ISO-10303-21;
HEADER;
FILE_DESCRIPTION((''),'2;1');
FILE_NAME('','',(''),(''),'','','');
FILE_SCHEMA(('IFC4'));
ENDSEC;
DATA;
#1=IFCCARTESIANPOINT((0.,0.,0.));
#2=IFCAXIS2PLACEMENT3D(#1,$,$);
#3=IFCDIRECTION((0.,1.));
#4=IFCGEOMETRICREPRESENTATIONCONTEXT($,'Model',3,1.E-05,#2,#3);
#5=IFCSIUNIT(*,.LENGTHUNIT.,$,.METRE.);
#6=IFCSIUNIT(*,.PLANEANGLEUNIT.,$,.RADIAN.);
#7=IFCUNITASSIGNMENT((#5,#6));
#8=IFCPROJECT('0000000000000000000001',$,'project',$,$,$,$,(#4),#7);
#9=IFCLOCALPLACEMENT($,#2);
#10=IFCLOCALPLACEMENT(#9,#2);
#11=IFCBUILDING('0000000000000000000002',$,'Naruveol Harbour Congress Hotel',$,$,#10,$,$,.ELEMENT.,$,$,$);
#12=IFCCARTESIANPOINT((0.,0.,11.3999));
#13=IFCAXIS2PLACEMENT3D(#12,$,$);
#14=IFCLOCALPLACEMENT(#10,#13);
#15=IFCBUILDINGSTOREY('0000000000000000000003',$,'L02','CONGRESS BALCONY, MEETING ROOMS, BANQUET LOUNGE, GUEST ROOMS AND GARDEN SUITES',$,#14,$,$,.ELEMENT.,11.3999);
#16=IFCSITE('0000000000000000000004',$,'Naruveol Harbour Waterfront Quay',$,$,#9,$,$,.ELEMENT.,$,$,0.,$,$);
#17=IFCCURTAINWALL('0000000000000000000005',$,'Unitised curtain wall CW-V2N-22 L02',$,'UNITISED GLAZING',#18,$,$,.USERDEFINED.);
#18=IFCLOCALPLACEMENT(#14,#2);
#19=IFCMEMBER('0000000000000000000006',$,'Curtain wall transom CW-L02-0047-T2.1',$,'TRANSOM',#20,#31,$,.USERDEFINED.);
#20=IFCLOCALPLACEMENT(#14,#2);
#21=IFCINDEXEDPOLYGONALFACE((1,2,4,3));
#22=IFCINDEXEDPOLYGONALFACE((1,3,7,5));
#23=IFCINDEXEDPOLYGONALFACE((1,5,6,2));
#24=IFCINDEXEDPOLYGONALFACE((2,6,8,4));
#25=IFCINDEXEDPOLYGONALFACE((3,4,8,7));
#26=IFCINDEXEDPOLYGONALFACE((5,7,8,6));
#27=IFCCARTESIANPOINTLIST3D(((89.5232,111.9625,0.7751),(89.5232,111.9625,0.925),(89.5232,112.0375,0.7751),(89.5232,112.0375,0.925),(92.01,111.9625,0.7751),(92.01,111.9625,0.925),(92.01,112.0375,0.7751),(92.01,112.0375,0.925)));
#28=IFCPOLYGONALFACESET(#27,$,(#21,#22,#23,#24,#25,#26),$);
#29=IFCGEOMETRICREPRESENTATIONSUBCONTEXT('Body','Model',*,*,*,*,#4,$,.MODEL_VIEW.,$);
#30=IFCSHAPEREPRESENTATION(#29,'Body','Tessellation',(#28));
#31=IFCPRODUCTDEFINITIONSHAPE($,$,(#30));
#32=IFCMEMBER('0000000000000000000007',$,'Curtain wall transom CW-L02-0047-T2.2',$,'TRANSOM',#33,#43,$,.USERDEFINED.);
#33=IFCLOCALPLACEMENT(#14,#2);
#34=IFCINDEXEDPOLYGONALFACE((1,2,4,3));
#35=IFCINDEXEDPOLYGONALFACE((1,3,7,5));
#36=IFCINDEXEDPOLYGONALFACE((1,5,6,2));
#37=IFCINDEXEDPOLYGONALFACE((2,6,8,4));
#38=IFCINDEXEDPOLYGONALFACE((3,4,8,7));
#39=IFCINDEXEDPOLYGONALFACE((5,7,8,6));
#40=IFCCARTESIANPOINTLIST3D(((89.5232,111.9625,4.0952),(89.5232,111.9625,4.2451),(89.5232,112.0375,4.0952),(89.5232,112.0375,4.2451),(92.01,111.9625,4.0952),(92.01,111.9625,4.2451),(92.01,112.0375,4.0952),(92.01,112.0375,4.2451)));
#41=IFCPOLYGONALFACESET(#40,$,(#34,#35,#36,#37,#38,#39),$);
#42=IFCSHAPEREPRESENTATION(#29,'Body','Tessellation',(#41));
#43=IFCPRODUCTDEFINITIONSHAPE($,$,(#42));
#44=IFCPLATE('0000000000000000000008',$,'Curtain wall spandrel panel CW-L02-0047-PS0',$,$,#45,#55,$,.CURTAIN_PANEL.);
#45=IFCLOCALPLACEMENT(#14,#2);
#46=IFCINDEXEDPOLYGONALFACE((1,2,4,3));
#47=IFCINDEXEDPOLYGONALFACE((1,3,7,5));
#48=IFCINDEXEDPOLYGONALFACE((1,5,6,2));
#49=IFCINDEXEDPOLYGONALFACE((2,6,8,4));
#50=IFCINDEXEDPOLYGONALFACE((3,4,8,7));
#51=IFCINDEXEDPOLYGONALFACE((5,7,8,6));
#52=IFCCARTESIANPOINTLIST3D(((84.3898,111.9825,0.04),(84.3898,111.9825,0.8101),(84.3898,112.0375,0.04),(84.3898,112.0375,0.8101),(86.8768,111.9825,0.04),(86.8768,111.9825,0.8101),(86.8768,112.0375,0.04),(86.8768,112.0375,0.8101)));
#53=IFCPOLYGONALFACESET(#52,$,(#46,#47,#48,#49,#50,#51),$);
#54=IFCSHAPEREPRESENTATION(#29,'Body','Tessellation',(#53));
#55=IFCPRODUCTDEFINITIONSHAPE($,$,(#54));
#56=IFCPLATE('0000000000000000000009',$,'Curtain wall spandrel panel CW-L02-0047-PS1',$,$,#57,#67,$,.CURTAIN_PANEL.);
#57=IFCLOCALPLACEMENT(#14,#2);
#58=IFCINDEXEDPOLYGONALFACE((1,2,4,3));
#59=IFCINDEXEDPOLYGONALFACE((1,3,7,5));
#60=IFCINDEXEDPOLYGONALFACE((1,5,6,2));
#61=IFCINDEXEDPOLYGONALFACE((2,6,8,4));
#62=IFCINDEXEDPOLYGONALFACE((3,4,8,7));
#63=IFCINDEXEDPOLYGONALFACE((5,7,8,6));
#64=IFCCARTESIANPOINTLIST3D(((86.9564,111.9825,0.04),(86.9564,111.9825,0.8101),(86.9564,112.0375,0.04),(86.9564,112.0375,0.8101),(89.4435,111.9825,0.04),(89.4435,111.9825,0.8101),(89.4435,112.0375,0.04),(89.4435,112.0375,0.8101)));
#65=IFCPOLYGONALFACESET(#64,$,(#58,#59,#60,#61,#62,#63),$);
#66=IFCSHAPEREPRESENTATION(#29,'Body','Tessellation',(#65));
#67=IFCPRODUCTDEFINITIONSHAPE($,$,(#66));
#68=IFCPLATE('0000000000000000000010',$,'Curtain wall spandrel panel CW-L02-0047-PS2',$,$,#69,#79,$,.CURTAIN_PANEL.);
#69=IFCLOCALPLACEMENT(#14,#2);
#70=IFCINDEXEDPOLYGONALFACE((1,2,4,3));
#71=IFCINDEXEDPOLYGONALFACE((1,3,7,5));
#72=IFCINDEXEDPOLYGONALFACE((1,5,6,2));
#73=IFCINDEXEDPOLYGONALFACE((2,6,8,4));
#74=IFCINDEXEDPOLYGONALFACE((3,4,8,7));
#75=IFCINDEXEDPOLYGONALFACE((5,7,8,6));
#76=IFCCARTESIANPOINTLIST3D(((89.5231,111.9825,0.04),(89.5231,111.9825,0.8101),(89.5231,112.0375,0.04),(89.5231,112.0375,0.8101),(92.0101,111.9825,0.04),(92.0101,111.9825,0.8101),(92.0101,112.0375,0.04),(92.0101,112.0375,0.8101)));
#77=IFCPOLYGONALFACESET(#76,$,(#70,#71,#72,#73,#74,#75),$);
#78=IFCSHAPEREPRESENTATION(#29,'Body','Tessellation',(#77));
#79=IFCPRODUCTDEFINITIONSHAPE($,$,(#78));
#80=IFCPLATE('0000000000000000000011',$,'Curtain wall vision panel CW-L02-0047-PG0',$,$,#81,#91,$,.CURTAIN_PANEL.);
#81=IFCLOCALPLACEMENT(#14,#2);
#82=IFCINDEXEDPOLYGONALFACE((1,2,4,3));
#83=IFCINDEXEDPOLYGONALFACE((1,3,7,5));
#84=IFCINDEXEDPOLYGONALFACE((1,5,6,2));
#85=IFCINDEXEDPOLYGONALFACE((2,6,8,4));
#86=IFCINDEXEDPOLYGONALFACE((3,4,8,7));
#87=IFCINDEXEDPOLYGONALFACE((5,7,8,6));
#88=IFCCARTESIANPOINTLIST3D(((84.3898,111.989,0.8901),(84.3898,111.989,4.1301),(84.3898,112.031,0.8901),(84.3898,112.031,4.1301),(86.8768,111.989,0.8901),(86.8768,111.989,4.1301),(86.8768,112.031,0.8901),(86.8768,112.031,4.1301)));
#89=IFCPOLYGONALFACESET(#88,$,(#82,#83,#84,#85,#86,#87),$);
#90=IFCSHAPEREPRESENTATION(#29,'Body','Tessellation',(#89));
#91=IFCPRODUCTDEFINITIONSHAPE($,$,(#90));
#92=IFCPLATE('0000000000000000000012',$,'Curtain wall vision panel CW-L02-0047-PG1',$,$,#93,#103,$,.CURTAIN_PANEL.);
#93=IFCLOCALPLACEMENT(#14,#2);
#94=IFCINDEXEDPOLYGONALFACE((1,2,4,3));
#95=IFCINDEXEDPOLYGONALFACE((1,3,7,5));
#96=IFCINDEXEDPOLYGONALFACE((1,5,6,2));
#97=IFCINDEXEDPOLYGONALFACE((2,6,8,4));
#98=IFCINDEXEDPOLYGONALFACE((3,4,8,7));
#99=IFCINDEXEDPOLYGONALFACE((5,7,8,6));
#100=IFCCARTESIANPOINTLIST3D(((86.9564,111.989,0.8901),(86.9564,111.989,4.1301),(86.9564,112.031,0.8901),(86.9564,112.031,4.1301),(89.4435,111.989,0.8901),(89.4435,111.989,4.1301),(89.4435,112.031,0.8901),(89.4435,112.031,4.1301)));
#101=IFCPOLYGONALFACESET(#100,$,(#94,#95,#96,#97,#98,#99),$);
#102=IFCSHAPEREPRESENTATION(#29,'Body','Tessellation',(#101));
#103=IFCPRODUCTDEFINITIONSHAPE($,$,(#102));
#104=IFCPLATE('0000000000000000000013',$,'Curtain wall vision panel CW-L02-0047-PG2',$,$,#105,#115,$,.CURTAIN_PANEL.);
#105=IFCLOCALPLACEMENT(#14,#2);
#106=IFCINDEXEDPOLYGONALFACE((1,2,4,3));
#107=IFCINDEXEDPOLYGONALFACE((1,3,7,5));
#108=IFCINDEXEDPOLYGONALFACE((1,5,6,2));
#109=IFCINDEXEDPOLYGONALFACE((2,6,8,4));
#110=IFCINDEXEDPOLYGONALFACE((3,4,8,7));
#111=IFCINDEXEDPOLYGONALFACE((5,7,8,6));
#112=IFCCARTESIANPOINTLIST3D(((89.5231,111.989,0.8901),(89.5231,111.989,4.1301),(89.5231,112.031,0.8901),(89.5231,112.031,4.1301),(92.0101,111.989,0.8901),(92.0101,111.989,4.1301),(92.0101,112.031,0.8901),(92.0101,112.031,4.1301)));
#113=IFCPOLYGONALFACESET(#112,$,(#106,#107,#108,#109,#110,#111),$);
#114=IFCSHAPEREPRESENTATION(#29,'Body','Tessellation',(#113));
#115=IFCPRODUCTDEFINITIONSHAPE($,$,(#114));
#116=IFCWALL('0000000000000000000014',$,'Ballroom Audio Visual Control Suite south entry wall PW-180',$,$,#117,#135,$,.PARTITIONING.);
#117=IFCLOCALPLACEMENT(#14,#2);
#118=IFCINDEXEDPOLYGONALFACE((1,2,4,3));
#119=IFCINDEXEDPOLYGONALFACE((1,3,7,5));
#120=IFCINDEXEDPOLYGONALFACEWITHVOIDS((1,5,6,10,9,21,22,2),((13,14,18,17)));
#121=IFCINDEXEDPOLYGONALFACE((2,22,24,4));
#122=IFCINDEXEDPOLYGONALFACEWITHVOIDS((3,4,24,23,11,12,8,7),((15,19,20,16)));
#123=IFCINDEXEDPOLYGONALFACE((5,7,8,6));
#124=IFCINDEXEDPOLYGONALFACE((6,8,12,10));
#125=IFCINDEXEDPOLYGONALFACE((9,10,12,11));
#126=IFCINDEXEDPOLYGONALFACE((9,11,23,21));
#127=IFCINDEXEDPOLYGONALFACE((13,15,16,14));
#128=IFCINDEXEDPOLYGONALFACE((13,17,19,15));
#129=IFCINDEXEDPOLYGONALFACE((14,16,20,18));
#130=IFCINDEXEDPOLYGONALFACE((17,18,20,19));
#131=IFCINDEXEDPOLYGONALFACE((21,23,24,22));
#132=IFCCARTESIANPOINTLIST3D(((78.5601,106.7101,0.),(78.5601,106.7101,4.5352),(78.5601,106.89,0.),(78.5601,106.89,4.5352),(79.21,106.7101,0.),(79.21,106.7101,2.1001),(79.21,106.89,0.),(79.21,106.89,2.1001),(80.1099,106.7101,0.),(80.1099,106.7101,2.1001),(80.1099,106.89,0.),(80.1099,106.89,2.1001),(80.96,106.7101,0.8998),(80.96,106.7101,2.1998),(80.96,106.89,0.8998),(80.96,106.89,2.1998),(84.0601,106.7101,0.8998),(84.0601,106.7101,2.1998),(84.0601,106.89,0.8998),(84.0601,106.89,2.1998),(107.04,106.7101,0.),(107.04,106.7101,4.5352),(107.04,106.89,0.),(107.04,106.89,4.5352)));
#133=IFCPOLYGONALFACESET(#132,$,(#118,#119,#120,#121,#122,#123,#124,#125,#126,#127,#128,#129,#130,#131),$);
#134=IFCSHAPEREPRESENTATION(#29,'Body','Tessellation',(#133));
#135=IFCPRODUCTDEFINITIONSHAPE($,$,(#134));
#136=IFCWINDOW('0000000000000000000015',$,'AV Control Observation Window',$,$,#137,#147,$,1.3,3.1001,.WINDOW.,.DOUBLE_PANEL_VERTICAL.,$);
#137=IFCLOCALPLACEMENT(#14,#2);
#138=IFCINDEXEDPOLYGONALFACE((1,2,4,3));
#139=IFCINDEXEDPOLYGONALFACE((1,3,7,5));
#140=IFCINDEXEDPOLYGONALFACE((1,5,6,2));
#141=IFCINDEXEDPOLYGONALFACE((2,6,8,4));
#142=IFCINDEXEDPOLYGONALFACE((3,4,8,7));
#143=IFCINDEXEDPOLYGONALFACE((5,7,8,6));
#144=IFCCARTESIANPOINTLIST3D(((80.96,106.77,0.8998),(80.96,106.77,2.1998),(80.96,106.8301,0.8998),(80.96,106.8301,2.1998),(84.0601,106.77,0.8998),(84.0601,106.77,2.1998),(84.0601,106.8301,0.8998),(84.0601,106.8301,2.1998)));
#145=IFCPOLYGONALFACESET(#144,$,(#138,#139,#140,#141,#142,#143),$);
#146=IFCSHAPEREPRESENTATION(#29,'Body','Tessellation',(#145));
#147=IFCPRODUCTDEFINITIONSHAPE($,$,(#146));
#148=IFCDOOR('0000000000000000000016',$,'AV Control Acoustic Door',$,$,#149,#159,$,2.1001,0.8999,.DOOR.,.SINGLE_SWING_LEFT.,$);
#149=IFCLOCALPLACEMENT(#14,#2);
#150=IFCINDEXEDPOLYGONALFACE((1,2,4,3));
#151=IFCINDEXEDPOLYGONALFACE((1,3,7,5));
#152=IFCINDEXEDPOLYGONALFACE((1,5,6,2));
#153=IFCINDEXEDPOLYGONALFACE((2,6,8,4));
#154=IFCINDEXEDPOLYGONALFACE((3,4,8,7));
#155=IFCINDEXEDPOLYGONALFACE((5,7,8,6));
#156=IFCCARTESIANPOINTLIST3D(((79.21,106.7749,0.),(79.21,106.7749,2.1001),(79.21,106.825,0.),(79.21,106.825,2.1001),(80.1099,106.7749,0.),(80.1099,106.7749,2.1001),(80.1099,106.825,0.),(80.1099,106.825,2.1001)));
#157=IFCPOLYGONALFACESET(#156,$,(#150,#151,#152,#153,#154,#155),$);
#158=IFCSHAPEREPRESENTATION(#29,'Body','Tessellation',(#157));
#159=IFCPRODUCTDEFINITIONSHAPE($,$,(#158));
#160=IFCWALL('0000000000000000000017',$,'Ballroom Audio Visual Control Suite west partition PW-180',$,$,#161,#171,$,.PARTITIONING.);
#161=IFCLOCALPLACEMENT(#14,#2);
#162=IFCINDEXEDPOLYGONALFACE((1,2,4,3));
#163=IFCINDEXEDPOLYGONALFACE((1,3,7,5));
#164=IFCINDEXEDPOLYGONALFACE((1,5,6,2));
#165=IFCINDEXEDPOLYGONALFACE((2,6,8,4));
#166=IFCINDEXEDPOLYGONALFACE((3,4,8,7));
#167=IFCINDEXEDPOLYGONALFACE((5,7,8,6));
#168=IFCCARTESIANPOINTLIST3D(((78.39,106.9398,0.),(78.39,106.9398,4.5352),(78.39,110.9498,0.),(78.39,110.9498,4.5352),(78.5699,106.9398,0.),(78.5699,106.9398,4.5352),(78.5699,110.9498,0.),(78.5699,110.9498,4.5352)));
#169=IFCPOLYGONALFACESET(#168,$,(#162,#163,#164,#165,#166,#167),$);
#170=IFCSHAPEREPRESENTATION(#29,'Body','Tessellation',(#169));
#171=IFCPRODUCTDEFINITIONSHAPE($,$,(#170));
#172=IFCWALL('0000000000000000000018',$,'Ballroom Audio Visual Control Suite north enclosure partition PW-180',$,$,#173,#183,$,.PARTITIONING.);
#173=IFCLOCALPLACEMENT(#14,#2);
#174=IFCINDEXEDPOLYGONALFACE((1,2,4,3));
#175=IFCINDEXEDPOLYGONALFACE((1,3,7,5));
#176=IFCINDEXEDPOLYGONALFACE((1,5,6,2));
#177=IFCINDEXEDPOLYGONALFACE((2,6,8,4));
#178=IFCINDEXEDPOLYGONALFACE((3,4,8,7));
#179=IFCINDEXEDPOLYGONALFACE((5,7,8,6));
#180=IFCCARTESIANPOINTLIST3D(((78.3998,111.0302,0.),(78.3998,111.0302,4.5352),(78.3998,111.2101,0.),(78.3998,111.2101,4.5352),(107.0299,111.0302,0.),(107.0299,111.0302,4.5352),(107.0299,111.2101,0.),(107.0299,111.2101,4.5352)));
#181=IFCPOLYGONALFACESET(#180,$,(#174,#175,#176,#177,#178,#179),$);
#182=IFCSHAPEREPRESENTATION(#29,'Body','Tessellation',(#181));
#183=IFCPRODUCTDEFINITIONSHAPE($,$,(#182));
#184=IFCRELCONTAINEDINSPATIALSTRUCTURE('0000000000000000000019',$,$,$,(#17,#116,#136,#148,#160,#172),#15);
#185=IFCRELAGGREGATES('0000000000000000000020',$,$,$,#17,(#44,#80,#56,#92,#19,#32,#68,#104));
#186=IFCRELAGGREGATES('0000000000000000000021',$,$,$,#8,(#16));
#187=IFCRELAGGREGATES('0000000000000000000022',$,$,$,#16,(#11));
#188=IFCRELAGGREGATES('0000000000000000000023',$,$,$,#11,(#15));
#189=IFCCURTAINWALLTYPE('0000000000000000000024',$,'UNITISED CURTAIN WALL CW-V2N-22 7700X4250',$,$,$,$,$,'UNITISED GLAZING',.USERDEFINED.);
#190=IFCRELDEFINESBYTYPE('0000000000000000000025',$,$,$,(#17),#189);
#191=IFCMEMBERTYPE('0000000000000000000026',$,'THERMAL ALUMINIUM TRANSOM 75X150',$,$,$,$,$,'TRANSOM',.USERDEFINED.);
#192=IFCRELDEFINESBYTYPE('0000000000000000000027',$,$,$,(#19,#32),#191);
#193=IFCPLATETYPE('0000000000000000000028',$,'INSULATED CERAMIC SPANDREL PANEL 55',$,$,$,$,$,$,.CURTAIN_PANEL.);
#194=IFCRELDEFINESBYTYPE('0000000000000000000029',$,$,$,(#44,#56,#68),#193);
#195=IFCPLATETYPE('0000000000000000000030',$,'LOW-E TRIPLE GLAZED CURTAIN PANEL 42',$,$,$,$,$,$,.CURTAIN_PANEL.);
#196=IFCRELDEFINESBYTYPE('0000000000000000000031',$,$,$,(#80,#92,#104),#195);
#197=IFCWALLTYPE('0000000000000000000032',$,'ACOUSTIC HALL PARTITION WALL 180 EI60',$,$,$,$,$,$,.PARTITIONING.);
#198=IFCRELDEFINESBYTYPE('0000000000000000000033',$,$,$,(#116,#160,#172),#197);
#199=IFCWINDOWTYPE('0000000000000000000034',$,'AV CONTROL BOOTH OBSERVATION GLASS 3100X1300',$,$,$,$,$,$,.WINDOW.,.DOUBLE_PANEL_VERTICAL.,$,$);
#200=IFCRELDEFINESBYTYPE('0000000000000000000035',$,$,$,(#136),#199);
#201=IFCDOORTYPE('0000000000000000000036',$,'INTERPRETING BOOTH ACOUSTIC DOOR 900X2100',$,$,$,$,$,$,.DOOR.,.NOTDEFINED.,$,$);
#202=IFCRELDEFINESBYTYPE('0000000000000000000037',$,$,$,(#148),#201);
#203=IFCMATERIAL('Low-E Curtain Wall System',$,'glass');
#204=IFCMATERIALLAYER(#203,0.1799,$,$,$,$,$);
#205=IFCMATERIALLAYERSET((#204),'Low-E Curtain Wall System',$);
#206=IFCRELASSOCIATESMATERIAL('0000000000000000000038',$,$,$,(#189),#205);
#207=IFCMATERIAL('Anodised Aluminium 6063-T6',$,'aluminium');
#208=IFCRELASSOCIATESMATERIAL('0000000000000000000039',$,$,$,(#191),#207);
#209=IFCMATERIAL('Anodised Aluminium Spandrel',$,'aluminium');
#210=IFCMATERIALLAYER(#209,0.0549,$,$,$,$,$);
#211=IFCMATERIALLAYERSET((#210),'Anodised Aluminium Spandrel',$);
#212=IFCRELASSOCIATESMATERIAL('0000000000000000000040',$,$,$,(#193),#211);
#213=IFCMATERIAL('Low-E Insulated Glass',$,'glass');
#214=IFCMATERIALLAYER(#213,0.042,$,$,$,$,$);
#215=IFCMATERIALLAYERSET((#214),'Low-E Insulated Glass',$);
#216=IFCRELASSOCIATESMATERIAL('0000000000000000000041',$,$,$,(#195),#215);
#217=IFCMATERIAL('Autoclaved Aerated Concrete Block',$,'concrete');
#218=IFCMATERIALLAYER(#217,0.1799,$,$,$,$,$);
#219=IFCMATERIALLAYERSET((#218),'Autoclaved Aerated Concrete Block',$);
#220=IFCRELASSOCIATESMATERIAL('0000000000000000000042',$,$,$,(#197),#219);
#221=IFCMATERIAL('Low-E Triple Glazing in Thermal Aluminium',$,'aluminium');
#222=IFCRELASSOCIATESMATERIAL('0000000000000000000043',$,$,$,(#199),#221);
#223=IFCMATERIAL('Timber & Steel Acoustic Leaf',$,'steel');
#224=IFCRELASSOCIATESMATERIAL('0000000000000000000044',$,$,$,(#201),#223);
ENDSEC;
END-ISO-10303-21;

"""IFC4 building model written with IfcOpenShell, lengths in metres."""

from ifc_helpers import new_model, si_unit, direction, frame, frame_2d, origin, origin_2d, place, context, subcontext, project, spatial, rectangle, extrude, material, layer, layer_set, material_profile, profile_set, type_object, element, fill, aggregate, save


model = new_model("IFC4")

# Units and contexts
model_context = context("Model", 3, precision=1e-05, world=origin(), true_north=direction((0.0, 1.0)))
body_context = subcontext(model_context, "Body", "Model", "MODEL_VIEW")
ifc_project = project(units=[si_unit("LENGTHUNIT", "METRE"), si_unit("PLANEANGLEUNIT", "RADIAN")], contexts=[model_context])

# Site, building, storey
site_placement = place(None, origin())
site = spatial("IfcSite", under=ifc_project, at=site_placement, Name="Naruveol Harbour Waterfront Quay", CompositionType="ELEMENT", RefElevation=0.0)
building_placement = place(site_placement, origin())
building = spatial("IfcBuilding", under=site, at=building_placement, Name="Naruveol Harbour Congress Hotel", CompositionType="ELEMENT")
storey_placement = place(building_placement, frame((0.0, 0.0, 11.3999)))
storey = spatial("IfcBuildingStorey", under=building, at=storey_placement, Name="L02", Description="CONGRESS BALCONY, MEETING ROOMS, BANQUET LOUNGE, GUEST ROOMS AND GARDEN SUITES", CompositionType="ELEMENT", Elevation=11.3999)

# Curtain wall, members, plates
ifc_material_1 = material(Name="Low-E Curtain Wall System", Category="glass")
ifc_layer_1 = layer(ifc_material_1, 0.1799)
ifc_layer_set_1 = layer_set([ifc_layer_1], Name="Low-E Curtain Wall System")
curtain_wall_type = type_object("IfcCurtainWallType", Name="UNITISED CURTAIN WALL CW-V2N-22 7700X4250", ElementType="UNITISED GLAZING", PredefinedType="USERDEFINED", material=ifc_layer_set_1)
curtain_wall_placement = place(storey_placement, origin())
curtain_wall = element("IfcCurtainWall", 1, at=curtain_wall_placement, inside=storey, type_object=curtain_wall_type, Name="Unitised curtain wall CW-V2N-22 L02", ObjectType="UNITISED GLAZING", PredefinedType="USERDEFINED")
ifc_material_2 = material(Name="Anodised Aluminium 6063-T6", Category="aluminium")
ifc_material_profile_1 = material_profile(ifc_material_2, rectangle(XDim=0.075, YDim=0.1499, at=origin_2d()), Name="ALU-75x150")
ifc_profile_set_1 = profile_set([ifc_material_profile_1], Name="Anodised Aluminium 6063-T6")
member_type_1 = type_object("IfcMemberType", Name="THERMAL ALUMINIUM TRANSOM 75X150", ElementType="TRANSOM", PredefinedType="USERDEFINED", material=ifc_profile_set_1)
member_1_placement = place(storey_placement, frame((89.5232, 112.0, 0.8501), z_axis=(1.0, 0.0, 0.0), x_axis=(0.0, 1.0, 0.0)))
member_1 = element("IfcMember", 2, at=member_1_placement, type_object=member_type_1, Name="Curtain wall transom CW-L02-0047-T2.1", ObjectType="TRANSOM", PredefinedType="USERDEFINED", context=body_context, shape_type="SweptSolid", body=[
    extrude(rectangle(XDim=0.075, YDim=0.1499, at=origin_2d()), origin(), (0.0, 0.0, 1.0), 2.4868),
])
member_2_placement = place(storey_placement, frame((89.5232, 112.0, 4.1702), z_axis=(1.0, 0.0, 0.0), x_axis=(0.0, 1.0, 0.0)))
member_2 = element("IfcMember", 3, at=member_2_placement, type_object=member_type_1, Name="Curtain wall transom CW-L02-0047-T2.2", ObjectType="TRANSOM", PredefinedType="USERDEFINED", context=body_context, shape_type="SweptSolid", body=[
    extrude(rectangle(XDim=0.075, YDim=0.1499, at=origin_2d()), origin(), (0.0, 0.0, 1.0), 2.4868),
])
ifc_material_3 = material(Name="Anodised Aluminium Spandrel", Category="aluminium")
ifc_layer_2 = layer(ifc_material_3, 0.0549)
ifc_layer_set_2 = layer_set([ifc_layer_2], Name="Anodised Aluminium Spandrel")
plate_type_1 = type_object("IfcPlateType", Name="INSULATED CERAMIC SPANDREL PANEL 55", PredefinedType="CURTAIN_PANEL", material=ifc_layer_set_2)
plate_1_placement = place(storey_placement, frame((85.6333, 112.01, 0.04), z_axis=(0.0, 0.0, 1.0), x_axis=(1.0, 0.0, 0.0)))
plate_1 = element("IfcPlate", 4, at=plate_1_placement, type_object=plate_type_1, Name="Curtain wall spandrel panel CW-L02-0047-PS0", PredefinedType="CURTAIN_PANEL", context=body_context, shape_type="SweptSolid", body=[
    extrude(rectangle(XDim=2.4871, YDim=0.0549, at=origin_2d()), origin(), (0.0, 0.0, 1.0), 0.77),
])
plate_2_placement = place(storey_placement, frame((88.2, 112.01, 0.04), z_axis=(0.0, 0.0, 1.0), x_axis=(1.0, 0.0, 0.0)))
plate_2 = element("IfcPlate", 5, at=plate_2_placement, type_object=plate_type_1, Name="Curtain wall spandrel panel CW-L02-0047-PS1", PredefinedType="CURTAIN_PANEL", context=body_context, shape_type="SweptSolid", body=[
    extrude(rectangle(XDim=2.4871, YDim=0.0549, at=origin_2d()), origin(), (0.0, 0.0, 1.0), 0.77),
])
plate_3_placement = place(storey_placement, frame((90.7666, 112.01, 0.04), z_axis=(0.0, 0.0, 1.0), x_axis=(1.0, 0.0, 0.0)))
plate_3 = element("IfcPlate", 6, at=plate_3_placement, type_object=plate_type_1, Name="Curtain wall spandrel panel CW-L02-0047-PS2", PredefinedType="CURTAIN_PANEL", context=body_context, shape_type="SweptSolid", body=[
    extrude(rectangle(XDim=2.4871, YDim=0.0549, at=origin_2d()), origin(), (0.0, 0.0, 1.0), 0.77),
])
ifc_material_4 = material(Name="Low-E Insulated Glass", Category="glass")
ifc_layer_3 = layer(ifc_material_4, 0.042)
ifc_layer_set_3 = layer_set([ifc_layer_3], Name="Low-E Insulated Glass")
plate_type_2 = type_object("IfcPlateType", Name="LOW-E TRIPLE GLAZED CURTAIN PANEL 42", PredefinedType="CURTAIN_PANEL", material=ifc_layer_set_3)
plate_4_placement = place(storey_placement, frame((85.6333, 112.01, 0.8901), z_axis=(0.0, 0.0, 1.0), x_axis=(1.0, 0.0, 0.0)))
plate_4 = element("IfcPlate", 7, at=plate_4_placement, type_object=plate_type_2, Name="Curtain wall vision panel CW-L02-0047-PG0", PredefinedType="CURTAIN_PANEL", context=body_context, shape_type="SweptSolid", body=[
    extrude(rectangle(XDim=2.4871, YDim=0.042, at=origin_2d()), origin(), (0.0, 0.0, 1.0), 3.24),
])
plate_5_placement = place(storey_placement, frame((88.2, 112.01, 0.8901), z_axis=(0.0, 0.0, 1.0), x_axis=(1.0, 0.0, 0.0)))
plate_5 = element("IfcPlate", 8, at=plate_5_placement, type_object=plate_type_2, Name="Curtain wall vision panel CW-L02-0047-PG1", PredefinedType="CURTAIN_PANEL", context=body_context, shape_type="SweptSolid", body=[
    extrude(rectangle(XDim=2.4871, YDim=0.042, at=origin_2d()), origin(), (0.0, 0.0, 1.0), 3.24),
])
plate_6_placement = place(storey_placement, frame((90.7666, 112.01, 0.8901), z_axis=(0.0, 0.0, 1.0), x_axis=(1.0, 0.0, 0.0)))
plate_6 = element("IfcPlate", 9, at=plate_6_placement, type_object=plate_type_2, Name="Curtain wall vision panel CW-L02-0047-PG2", PredefinedType="CURTAIN_PANEL", context=body_context, shape_type="SweptSolid", body=[
    extrude(rectangle(XDim=2.4871, YDim=0.042, at=origin_2d()), origin(), (0.0, 0.0, 1.0), 3.24),
])
aggregate(curtain_wall, [plate_1, plate_4, plate_2, plate_5, member_1, member_2, plate_3, plate_6])

# Wall, openings, window, door
ifc_material_5 = material(Name="Autoclaved Aerated Concrete Block", Category="concrete")
ifc_layer_4 = layer(ifc_material_5, 0.1799)
ifc_layer_set_4 = layer_set([ifc_layer_4], Name="Autoclaved Aerated Concrete Block")
wall_type_1 = type_object("IfcWallType", Name="ACOUSTIC HALL PARTITION WALL 180 EI60", PredefinedType="PARTITIONING", material=ifc_layer_set_4)
wall_1_placement = place(storey_placement, frame((78.5601, 106.8, 0.0), z_axis=(0.0, 0.0, 1.0), x_axis=(1.0, 0.0, 0.0)))
wall_1 = element("IfcWall", 10, at=wall_1_placement, inside=storey, type_object=wall_type_1, Name="Ballroom Audio Visual Control Suite south entry wall PW-180", PredefinedType="PARTITIONING", context=body_context, shape_type="SweptSolid", body=[
    extrude(rectangle(XDim=28.48, YDim=0.1799, at=frame_2d((14.24, 0.0))), origin(), (0.0, 0.0, 1.0), 4.5352),
])
opening_1_placement = place(wall_1_placement, frame((0.6499, 0.0, 0.0)))
opening_1 = element("IfcOpeningElement", 11, at=opening_1_placement, cuts=wall_1, PredefinedType="OPENING", context=body_context, shape_type="SweptSolid", body=[
    extrude(rectangle(XDim=0.8999, YDim=2.1001, at=frame_2d((0.45, 1.05))), frame((0.0, 0.0999, 0.0), z_axis=(0.0, -1.0, 0.0), x_axis=(1.0, 0.0, 0.0)), (0.0, 0.0, 1.0), 0.2),
])
opening_2_placement = place(wall_1_placement, frame((2.3999, 0.0, 0.8999)))
opening_2 = element("IfcOpeningElement", 12, at=opening_2_placement, cuts=wall_1, PredefinedType="OPENING", context=body_context, shape_type="SweptSolid", body=[
    extrude(rectangle(XDim=3.1001, YDim=1.3, at=frame_2d((1.55, 0.6499))), frame((0.0, 0.0999, 0.0), z_axis=(0.0, -1.0, 0.0), x_axis=(1.0, 0.0, 0.0)), (0.0, 0.0, 1.0), 0.2),
])
ifc_material_6 = material(Name="Low-E Triple Glazing in Thermal Aluminium", Category="aluminium")
window_type_1 = type_object("IfcWindowType", Name="AV CONTROL BOOTH OBSERVATION GLASS 3100X1300", PartitioningType="DOUBLE_PANEL_VERTICAL", PredefinedType="WINDOW", material=ifc_material_6)
window_1_placement = place(opening_2_placement, origin())
window_1 = element("IfcWindow", 13, at=window_1_placement, inside=storey, type_object=window_type_1, Name="AV Control Observation Window", OverallHeight=1.3, OverallWidth=3.1001, PartitioningType="DOUBLE_PANEL_VERTICAL", PredefinedType="WINDOW", context=body_context, shape_type="SweptSolid", body=[
    extrude(rectangle(XDim=3.1001, YDim=1.3, at=frame_2d((1.55, 0.6499))), frame((0.0, 0.03, 0.0), z_axis=(0.0, -1.0, 0.0), x_axis=(1.0, 0.0, 0.0)), (0.0, 0.0, 1.0), 0.0601),
])
fill(opening_2, window_1)
ifc_material_7 = material(Name="Timber & Steel Acoustic Leaf", Category="steel")
door_type = type_object("IfcDoorType", Name="INTERPRETING BOOTH ACOUSTIC DOOR 900X2100", OperationType="NOTDEFINED", PredefinedType="DOOR", material=ifc_material_7)
door_placement = place(opening_1_placement, origin())
door = element("IfcDoor", 14, at=door_placement, inside=storey, type_object=door_type, Name="AV Control Acoustic Door", OperationType="SINGLE_SWING_LEFT", OverallHeight=2.1001, OverallWidth=0.8999, PredefinedType="DOOR", context=body_context, shape_type="SweptSolid", body=[
    extrude(rectangle(XDim=0.8999, YDim=2.1001, at=frame_2d((0.45, 1.05))), frame((0.0, 0.0249, 0.0), z_axis=(0.0, -1.0, 0.0), x_axis=(1.0, 0.0, 0.0)), (0.0, 0.0, 1.0), 0.05),
])
fill(opening_1, door)

# Walls
wall_2_placement = place(storey_placement, frame((78.48, 106.9399, 0.0), z_axis=(0.0, 0.0, 1.0), x_axis=(0.0, 1.0, 0.0)))
element("IfcWall", 15, at=wall_2_placement, inside=storey, type_object=wall_type_1, Name="Ballroom Audio Visual Control Suite west partition PW-180", PredefinedType="PARTITIONING", context=body_context, shape_type="SweptSolid", body=[
    extrude(rectangle(XDim=4.01, YDim=0.1799, at=frame_2d((2.0049, 0.0))), origin(), (0.0, 0.0, 1.0), 4.5352),
])
wall_3_placement = place(storey_placement, frame((78.3999, 111.1201, 0.0), z_axis=(0.0, 0.0, 1.0), x_axis=(1.0, 0.0, 0.0)))
element("IfcWall", 16, at=wall_3_placement, inside=storey, type_object=wall_type_1, Name="Ballroom Audio Visual Control Suite north enclosure partition PW-180", PredefinedType="PARTITIONING", context=body_context, shape_type="SweptSolid", body=[
    extrude(rectangle(XDim=28.6301, YDim=0.1799, at=frame_2d((14.3149, 0.0))), origin(), (0.0, 0.0, 1.0), 4.5352),
])

save(model, "model.ifc")
